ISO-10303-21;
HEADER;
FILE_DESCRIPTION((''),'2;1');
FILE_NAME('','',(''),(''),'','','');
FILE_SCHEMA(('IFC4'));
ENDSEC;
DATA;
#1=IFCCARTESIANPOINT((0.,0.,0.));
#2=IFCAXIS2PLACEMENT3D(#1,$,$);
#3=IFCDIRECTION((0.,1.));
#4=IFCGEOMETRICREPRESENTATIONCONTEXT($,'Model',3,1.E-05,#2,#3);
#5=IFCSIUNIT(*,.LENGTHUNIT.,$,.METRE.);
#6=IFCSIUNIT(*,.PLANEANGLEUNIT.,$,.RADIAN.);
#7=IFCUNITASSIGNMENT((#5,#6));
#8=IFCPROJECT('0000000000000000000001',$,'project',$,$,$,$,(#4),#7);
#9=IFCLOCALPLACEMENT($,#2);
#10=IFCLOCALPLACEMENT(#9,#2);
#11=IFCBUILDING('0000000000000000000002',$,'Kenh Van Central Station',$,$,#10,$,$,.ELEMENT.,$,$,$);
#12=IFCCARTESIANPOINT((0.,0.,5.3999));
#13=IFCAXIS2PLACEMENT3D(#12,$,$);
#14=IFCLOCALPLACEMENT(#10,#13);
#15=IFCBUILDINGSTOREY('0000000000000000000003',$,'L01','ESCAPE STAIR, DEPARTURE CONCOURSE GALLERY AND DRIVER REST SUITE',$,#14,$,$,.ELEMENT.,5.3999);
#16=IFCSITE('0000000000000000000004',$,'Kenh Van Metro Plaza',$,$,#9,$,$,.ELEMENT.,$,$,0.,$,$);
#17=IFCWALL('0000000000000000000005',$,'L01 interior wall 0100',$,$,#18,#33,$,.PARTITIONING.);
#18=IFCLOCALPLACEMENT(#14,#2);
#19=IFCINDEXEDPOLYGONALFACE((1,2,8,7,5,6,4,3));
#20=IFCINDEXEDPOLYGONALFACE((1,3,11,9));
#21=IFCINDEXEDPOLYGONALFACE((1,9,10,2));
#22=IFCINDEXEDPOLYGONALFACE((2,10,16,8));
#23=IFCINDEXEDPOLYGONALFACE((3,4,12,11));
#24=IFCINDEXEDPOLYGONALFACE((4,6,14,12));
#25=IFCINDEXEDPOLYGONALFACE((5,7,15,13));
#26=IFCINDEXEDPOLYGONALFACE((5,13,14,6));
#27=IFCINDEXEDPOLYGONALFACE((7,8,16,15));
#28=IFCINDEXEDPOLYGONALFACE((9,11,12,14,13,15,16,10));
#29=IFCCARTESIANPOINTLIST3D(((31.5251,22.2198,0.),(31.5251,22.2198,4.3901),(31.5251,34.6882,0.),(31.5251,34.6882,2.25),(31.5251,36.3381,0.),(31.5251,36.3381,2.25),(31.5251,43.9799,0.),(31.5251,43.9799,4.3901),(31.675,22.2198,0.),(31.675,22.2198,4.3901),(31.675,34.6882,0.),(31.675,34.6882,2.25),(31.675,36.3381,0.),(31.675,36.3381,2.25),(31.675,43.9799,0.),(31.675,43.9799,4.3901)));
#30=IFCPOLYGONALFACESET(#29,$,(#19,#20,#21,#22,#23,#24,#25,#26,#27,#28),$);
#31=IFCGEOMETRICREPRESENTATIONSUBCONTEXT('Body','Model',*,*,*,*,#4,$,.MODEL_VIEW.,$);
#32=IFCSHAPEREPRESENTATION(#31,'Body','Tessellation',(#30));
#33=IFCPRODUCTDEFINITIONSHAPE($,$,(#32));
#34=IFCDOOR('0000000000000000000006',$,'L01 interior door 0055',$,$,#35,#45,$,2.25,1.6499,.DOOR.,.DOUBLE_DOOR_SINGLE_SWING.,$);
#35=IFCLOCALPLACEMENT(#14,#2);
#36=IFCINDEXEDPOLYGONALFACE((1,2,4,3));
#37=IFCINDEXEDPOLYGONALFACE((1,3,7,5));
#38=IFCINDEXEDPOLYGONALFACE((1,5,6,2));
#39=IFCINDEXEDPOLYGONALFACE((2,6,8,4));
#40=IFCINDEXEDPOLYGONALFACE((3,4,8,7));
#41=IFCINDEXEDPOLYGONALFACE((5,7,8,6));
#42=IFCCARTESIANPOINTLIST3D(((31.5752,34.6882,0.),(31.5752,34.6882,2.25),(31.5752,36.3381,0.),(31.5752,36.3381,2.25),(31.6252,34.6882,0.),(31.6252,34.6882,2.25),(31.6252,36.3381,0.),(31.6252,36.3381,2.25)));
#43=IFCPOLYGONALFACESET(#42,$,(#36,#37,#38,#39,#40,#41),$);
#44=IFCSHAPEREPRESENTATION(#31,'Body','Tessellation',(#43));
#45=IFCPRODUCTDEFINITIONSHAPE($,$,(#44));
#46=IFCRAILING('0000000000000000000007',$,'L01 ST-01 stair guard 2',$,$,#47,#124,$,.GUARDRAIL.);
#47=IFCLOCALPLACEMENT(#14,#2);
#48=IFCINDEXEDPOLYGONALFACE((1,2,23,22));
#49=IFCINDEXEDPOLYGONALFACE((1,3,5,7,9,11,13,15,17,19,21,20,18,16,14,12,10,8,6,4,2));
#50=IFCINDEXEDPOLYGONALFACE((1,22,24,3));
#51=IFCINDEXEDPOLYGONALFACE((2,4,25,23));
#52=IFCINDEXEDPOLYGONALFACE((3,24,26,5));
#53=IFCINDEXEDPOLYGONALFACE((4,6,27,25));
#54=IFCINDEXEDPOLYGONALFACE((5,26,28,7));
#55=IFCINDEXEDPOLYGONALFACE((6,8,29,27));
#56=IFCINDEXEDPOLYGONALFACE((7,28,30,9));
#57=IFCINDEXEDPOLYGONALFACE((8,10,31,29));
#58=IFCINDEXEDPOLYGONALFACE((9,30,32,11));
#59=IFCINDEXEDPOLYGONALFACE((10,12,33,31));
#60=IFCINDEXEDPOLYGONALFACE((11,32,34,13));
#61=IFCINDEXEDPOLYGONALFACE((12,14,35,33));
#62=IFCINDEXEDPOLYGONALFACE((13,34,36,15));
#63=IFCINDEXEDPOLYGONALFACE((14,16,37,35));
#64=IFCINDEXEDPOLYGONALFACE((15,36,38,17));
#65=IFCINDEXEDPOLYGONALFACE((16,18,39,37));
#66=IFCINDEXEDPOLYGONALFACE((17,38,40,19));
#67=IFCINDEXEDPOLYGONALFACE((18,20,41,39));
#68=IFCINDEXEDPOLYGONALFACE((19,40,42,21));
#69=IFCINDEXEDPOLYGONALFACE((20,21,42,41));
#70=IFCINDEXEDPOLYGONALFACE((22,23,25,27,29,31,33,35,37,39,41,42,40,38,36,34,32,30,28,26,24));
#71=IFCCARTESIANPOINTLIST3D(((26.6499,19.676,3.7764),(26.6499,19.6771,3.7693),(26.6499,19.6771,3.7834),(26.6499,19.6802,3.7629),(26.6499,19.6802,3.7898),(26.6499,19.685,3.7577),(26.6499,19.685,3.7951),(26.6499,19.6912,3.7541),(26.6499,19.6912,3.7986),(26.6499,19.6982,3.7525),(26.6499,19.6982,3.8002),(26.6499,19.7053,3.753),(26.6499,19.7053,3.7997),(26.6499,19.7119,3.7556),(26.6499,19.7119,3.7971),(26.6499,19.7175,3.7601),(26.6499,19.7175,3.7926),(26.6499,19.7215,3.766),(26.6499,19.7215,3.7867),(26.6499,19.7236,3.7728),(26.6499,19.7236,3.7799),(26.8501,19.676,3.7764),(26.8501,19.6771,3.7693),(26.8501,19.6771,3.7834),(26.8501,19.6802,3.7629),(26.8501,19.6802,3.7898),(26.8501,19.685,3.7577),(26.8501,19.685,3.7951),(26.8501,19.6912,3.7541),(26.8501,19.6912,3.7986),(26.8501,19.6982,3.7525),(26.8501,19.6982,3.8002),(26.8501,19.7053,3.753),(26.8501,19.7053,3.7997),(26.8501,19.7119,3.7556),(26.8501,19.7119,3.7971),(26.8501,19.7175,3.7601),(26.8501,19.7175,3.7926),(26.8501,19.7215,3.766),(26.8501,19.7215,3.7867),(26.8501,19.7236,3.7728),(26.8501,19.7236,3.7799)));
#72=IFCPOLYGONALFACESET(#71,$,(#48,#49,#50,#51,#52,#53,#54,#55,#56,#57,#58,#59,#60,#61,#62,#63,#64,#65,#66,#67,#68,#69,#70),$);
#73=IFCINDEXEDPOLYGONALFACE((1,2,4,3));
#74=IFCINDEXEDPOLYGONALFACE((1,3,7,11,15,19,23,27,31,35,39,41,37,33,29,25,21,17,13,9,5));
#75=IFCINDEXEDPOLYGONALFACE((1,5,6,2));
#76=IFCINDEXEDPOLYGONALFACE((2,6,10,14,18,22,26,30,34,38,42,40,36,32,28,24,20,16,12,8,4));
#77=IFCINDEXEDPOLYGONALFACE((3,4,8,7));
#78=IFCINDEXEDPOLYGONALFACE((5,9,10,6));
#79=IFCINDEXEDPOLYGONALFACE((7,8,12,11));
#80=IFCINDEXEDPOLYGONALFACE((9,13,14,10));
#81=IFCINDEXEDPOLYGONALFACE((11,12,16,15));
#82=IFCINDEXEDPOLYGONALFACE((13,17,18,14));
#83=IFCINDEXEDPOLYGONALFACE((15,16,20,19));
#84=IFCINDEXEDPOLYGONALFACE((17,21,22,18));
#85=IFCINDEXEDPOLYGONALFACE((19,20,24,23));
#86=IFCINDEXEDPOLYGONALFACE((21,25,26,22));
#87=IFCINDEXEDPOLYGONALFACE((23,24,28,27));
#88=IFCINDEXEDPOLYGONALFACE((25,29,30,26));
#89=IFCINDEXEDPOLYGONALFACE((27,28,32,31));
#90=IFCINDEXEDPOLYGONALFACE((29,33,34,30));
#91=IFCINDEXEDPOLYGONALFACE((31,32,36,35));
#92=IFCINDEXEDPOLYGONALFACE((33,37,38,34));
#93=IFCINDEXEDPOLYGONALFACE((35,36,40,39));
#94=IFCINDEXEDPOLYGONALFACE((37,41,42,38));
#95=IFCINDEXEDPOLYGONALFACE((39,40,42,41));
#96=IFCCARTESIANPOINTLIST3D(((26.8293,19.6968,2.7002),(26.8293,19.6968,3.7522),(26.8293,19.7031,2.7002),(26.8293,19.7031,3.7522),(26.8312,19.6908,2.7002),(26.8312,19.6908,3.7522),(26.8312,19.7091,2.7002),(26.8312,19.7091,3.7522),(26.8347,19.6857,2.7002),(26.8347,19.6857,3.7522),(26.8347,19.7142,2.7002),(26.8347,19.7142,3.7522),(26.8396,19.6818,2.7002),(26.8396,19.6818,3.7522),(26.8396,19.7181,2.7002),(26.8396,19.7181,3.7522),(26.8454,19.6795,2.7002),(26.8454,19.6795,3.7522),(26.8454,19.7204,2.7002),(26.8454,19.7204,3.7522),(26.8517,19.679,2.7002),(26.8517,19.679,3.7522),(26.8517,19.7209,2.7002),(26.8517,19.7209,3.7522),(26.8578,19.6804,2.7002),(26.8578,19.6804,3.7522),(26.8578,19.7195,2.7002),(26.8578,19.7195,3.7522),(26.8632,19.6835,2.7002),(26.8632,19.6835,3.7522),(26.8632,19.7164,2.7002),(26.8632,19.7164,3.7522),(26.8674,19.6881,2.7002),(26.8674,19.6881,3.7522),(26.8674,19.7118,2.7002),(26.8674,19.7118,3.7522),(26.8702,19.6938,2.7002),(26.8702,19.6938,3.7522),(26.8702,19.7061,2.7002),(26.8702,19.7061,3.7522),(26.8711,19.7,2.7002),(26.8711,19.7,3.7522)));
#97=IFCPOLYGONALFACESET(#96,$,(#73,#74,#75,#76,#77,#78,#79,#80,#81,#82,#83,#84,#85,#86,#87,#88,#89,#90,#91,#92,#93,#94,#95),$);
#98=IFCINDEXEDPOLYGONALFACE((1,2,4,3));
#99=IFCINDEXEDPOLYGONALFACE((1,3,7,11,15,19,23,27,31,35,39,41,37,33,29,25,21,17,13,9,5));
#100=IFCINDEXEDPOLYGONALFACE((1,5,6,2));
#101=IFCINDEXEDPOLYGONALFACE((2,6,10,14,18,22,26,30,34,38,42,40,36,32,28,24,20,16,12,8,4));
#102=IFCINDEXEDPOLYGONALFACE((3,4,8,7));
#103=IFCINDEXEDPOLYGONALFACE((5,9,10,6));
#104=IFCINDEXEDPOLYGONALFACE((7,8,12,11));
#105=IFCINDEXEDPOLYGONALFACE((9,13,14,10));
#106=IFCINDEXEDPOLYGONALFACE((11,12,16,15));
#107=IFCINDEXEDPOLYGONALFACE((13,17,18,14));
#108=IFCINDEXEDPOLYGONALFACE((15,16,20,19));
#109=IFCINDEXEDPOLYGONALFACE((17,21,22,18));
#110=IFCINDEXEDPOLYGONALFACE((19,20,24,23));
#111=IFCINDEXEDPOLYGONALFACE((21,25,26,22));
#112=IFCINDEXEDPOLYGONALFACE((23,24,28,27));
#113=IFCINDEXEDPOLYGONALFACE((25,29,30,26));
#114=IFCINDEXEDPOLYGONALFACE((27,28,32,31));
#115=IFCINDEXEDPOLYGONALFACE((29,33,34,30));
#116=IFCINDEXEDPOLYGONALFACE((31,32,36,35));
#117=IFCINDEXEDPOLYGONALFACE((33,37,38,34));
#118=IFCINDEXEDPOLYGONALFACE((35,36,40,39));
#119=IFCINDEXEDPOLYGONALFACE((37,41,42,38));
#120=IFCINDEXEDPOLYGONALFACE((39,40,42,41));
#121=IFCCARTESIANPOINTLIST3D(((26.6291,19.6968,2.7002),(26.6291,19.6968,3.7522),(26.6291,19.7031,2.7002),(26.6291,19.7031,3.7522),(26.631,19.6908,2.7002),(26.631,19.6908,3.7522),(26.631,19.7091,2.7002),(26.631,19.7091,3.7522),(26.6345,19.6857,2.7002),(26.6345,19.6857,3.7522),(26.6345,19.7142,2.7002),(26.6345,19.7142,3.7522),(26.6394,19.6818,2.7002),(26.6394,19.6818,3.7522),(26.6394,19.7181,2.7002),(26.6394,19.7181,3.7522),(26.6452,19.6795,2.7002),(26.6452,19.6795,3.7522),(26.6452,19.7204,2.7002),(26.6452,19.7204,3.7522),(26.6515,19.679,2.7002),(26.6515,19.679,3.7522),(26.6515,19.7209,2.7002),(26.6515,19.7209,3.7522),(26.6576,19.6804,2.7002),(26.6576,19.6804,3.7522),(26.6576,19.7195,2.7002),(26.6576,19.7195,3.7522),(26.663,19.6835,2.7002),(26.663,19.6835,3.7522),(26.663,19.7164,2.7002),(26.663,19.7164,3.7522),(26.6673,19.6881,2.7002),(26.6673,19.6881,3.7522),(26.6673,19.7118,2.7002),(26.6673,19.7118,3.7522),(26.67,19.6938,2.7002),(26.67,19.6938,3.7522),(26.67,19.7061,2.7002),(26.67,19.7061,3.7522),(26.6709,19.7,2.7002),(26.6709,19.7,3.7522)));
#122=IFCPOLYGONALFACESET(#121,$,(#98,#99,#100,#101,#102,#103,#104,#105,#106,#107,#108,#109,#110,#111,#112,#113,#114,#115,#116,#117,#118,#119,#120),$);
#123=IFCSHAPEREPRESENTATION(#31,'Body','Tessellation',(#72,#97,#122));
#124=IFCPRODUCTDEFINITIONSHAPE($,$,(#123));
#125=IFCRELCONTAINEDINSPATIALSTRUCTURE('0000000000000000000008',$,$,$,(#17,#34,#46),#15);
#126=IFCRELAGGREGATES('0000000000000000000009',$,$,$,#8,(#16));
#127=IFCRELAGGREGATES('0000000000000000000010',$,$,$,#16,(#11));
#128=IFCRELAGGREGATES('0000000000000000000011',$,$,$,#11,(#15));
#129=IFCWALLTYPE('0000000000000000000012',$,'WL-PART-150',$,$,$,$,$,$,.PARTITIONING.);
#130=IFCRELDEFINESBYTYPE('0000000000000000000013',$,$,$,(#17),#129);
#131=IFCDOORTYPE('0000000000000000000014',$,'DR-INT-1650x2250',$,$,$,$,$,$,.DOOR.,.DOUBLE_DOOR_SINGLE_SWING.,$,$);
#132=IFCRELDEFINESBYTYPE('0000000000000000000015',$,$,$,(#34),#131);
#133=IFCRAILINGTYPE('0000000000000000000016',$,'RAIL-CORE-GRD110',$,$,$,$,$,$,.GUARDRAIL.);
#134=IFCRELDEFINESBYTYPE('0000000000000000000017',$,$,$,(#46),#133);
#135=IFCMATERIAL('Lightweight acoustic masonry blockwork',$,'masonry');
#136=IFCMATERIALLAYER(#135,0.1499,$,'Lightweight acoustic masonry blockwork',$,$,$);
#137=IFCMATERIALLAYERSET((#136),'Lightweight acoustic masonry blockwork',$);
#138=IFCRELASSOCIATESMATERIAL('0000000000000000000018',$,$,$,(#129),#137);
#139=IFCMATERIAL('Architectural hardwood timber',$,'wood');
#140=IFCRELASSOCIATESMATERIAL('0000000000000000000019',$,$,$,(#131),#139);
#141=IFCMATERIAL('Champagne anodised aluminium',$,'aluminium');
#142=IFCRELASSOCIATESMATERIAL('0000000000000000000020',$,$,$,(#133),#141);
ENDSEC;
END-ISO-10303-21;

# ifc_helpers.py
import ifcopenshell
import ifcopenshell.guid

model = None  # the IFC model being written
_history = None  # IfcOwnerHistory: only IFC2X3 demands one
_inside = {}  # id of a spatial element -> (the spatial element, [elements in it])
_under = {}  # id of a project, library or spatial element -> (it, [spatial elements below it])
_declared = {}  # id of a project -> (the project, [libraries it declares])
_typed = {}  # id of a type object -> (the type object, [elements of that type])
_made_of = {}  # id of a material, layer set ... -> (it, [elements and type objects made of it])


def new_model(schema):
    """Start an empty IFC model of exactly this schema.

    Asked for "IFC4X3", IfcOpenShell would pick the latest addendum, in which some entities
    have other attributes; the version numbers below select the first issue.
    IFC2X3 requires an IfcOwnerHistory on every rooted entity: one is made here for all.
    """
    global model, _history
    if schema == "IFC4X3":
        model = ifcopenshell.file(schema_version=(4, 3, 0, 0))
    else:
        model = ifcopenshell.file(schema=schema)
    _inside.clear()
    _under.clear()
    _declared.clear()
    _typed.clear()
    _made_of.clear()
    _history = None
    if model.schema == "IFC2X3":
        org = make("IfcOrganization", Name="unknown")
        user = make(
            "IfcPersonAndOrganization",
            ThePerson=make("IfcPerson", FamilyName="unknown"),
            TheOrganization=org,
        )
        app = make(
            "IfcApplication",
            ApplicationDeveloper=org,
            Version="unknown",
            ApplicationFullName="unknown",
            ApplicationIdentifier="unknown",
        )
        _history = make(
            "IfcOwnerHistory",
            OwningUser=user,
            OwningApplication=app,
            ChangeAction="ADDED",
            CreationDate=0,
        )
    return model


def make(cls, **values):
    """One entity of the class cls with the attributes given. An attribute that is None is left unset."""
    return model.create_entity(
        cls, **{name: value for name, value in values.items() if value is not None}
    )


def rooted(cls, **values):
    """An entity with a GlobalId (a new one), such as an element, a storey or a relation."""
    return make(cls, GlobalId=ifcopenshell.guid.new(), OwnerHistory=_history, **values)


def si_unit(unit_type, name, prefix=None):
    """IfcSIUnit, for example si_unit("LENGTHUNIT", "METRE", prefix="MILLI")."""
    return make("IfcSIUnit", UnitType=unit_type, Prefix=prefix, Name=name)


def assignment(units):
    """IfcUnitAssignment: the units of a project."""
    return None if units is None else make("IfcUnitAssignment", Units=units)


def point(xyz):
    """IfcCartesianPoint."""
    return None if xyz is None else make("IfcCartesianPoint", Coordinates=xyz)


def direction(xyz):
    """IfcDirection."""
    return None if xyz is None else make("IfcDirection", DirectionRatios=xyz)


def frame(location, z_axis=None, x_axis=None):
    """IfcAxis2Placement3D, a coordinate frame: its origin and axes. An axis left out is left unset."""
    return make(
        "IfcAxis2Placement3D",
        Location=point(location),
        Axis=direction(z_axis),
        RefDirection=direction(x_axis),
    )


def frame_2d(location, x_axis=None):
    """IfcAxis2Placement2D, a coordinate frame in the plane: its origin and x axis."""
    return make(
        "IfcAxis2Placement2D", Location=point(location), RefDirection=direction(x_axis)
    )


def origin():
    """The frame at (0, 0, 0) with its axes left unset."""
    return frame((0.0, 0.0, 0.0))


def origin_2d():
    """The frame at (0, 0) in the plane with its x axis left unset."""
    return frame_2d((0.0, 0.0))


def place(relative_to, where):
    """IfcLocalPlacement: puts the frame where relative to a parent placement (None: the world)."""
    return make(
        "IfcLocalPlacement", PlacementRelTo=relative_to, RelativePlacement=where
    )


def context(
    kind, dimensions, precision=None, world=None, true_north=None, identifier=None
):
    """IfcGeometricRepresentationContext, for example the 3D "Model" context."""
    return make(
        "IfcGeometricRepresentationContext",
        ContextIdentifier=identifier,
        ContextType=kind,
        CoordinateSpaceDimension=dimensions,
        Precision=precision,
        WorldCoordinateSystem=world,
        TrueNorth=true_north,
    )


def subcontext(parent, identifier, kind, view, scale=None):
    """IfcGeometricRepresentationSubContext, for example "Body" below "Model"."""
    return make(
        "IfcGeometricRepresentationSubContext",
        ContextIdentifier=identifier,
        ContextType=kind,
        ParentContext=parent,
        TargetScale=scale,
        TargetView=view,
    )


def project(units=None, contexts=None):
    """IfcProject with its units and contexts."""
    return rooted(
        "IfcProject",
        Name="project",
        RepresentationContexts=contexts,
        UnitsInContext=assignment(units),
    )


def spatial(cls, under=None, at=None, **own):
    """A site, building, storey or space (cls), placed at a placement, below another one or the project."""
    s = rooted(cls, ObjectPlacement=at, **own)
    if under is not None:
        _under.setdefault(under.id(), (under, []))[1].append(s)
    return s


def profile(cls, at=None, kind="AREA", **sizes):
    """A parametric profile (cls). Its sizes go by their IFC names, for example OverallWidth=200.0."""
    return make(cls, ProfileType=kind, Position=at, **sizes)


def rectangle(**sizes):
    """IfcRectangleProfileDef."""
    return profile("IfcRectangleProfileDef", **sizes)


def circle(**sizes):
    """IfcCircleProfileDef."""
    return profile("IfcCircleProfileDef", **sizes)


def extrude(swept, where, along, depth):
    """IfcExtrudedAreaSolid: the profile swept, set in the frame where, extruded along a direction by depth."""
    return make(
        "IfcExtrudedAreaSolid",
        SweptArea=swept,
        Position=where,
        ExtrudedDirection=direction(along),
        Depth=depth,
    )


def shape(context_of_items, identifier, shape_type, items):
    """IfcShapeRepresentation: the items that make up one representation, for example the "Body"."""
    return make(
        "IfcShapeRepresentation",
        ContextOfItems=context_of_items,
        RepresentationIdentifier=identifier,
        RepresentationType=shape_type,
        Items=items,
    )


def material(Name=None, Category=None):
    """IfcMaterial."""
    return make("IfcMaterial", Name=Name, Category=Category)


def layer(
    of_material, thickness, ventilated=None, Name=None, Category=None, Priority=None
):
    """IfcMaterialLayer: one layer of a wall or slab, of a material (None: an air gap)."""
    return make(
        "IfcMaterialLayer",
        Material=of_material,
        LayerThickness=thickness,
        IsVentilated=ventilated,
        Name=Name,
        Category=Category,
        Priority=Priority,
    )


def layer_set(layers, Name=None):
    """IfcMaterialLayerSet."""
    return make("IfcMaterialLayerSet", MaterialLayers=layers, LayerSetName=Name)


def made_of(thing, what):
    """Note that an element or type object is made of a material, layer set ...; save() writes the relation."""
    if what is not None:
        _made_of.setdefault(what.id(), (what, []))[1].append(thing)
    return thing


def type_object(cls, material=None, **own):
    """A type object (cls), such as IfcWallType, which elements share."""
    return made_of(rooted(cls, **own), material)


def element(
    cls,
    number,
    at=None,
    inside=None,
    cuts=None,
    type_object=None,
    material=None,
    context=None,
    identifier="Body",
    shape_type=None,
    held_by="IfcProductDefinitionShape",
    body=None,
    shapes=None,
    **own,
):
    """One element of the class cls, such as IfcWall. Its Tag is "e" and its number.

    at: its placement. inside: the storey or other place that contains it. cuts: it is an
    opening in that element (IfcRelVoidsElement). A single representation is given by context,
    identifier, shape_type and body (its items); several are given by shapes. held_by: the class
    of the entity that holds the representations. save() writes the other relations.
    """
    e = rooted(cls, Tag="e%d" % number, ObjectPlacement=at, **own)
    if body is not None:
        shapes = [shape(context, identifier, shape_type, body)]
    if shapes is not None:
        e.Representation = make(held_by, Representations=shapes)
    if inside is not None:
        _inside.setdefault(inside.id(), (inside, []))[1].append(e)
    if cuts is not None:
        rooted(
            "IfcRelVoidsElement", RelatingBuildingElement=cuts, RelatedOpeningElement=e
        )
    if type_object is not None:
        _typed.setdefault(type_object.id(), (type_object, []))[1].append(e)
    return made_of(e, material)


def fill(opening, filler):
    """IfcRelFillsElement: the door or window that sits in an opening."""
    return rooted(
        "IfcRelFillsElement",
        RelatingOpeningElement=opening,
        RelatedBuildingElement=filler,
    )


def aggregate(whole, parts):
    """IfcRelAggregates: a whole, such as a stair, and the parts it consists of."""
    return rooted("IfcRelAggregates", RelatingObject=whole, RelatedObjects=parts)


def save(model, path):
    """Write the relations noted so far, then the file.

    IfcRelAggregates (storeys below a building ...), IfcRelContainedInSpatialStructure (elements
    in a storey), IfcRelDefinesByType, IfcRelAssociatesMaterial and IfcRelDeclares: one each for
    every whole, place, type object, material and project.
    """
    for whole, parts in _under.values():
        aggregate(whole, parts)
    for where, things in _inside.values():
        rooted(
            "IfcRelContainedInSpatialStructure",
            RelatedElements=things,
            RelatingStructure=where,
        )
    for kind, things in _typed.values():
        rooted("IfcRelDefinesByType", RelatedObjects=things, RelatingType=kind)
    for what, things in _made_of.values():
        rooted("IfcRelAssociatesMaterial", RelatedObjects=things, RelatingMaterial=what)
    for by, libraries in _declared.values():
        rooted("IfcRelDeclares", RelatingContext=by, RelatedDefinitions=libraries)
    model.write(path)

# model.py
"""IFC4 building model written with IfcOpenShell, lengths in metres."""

from ifc_helpers import new_model, si_unit, direction, frame, frame_2d, origin, origin_2d, place, context, subcontext, project, spatial, rectangle, circle, extrude, material, layer, layer_set, type_object, element, fill, save


model = new_model("IFC4")

# Units and contexts
model_context = context("Model", 3, precision=1e-05, world=origin(), true_north=direction((0.0, 1.0)))
body_context = subcontext(model_context, "Body", "Model", "MODEL_VIEW")
ifc_project = project(units=[si_unit("LENGTHUNIT", "METRE"), si_unit("PLANEANGLEUNIT", "RADIAN")], contexts=[model_context])

# Site, building, storey
site_placement = place(None, origin())
site = spatial("IfcSite", under=ifc_project, at=site_placement, Name="Kenh Van Metro Plaza", CompositionType="ELEMENT", RefElevation=0.0)
building_placement = place(site_placement, origin())
building = spatial("IfcBuilding", under=site, at=building_placement, Name="Kenh Van Central Station", CompositionType="ELEMENT")
storey_placement = place(building_placement, frame((0.0, 0.0, 5.3999)))
storey = spatial("IfcBuildingStorey", under=building, at=storey_placement, Name="L01", Description="ESCAPE STAIR, DEPARTURE CONCOURSE GALLERY AND DRIVER REST SUITE", CompositionType="ELEMENT", Elevation=5.3999)

# Wall, opening, door
ifc_material_1 = material(Name="Lightweight acoustic masonry blockwork", Category="masonry")
ifc_material_2 = material(Name="Architectural hardwood timber", Category="wood")
ifc_layer_1 = layer(ifc_material_1, 0.1499, Name="Lightweight acoustic masonry blockwork")
ifc_layer_set_1 = layer_set([ifc_layer_1], Name="Lightweight acoustic masonry blockwork")
wall_type_1 = type_object("IfcWallType", Name="WL-PART-150", PredefinedType="PARTITIONING", material=ifc_layer_set_1)
wall_1_placement = place(storey_placement, frame((31.6001, 22.22, 0.0), z_axis=(0.0, 0.0, 1.0), x_axis=(0.0, 1.0, 0.0)))
wall_1 = element("IfcWall", 1, at=wall_1_placement, inside=storey, type_object=wall_type_1, Name="L01 interior wall 0100", PredefinedType="PARTITIONING", context=body_context, shape_type="SweptSolid", body=[
    extrude(rectangle(XDim=21.76, YDim=0.1499, at=frame_2d((10.8799, 0.0))), origin(), (0.0, 0.0, 1.0), 4.3901),
])
opening_1_placement = place(wall_1_placement, frame((12.4683, 0.0, 0.0)))
opening_1 = element("IfcOpeningElement", 2, at=opening_1_placement, cuts=wall_1, PredefinedType="OPENING", context=body_context, shape_type="SweptSolid", body=[
    extrude(rectangle(XDim=1.6499, YDim=2.25, at=frame_2d((0.825, 1.125))), frame((0.0, 0.085, 0.0), z_axis=(0.0, -1.0, 0.0), x_axis=(1.0, 0.0, 0.0)), (0.0, 0.0, 1.0), 0.1699),
])
door_type_1 = type_object("IfcDoorType", Name="DR-INT-1650x2250", OperationType="DOUBLE_DOOR_SINGLE_SWING", PredefinedType="DOOR", material=ifc_material_2)
door_1_placement = place(opening_1_placement, origin())
door_1 = element("IfcDoor", 3, at=door_1_placement, inside=storey, type_object=door_type_1, Name="L01 interior door 0055", OperationType="DOUBLE_DOOR_SINGLE_SWING", OverallHeight=2.25, OverallWidth=1.6499, PredefinedType="DOOR", context=body_context, shape_type="SweptSolid", body=[
    extrude(rectangle(XDim=1.6499, YDim=2.25, at=frame_2d((0.825, 1.125))), frame((0.0, 0.0249, 0.0), z_axis=(0.0, -1.0, 0.0), x_axis=(1.0, 0.0, 0.0)), (0.0, 0.0, 1.0), 0.05),
])
fill(opening_1, door_1)

# Railing
ifc_material_3 = material(Name="Champagne anodised aluminium", Category="aluminium")
railing_type = type_object("IfcRailingType", Name="RAIL-CORE-GRD110", PredefinedType="GUARDRAIL", material=ifc_material_3)
railing_1_placement = place(storey_placement, frame((26.8501, 19.7, 2.7002)))
element("IfcRailing", 4, at=railing_1_placement, inside=storey, type_object=railing_type, Name="L01 ST-01 stair guard 2", PredefinedType="GUARDRAIL", context=body_context, shape_type="SweptSolid", body=[
    extrude(circle(Radius=0.0239, at=origin_2d()), frame((0.0, 0.0, 1.0762), z_axis=(-1.0, 0.0, 0.0), x_axis=(0.0, -1.0, 0.0)), (0.0, 0.0, 1.0), 0.2002),
    extrude(circle(Radius=0.021, at=origin_2d()), origin(), (0.0, 0.0, 1.0), 1.052),
    extrude(circle(Radius=0.021, at=origin_2d()), frame((-0.2002, 0.0, 0.0)), (0.0, 0.0, 1.0), 1.052),
])

save(model, "model.ifc")
